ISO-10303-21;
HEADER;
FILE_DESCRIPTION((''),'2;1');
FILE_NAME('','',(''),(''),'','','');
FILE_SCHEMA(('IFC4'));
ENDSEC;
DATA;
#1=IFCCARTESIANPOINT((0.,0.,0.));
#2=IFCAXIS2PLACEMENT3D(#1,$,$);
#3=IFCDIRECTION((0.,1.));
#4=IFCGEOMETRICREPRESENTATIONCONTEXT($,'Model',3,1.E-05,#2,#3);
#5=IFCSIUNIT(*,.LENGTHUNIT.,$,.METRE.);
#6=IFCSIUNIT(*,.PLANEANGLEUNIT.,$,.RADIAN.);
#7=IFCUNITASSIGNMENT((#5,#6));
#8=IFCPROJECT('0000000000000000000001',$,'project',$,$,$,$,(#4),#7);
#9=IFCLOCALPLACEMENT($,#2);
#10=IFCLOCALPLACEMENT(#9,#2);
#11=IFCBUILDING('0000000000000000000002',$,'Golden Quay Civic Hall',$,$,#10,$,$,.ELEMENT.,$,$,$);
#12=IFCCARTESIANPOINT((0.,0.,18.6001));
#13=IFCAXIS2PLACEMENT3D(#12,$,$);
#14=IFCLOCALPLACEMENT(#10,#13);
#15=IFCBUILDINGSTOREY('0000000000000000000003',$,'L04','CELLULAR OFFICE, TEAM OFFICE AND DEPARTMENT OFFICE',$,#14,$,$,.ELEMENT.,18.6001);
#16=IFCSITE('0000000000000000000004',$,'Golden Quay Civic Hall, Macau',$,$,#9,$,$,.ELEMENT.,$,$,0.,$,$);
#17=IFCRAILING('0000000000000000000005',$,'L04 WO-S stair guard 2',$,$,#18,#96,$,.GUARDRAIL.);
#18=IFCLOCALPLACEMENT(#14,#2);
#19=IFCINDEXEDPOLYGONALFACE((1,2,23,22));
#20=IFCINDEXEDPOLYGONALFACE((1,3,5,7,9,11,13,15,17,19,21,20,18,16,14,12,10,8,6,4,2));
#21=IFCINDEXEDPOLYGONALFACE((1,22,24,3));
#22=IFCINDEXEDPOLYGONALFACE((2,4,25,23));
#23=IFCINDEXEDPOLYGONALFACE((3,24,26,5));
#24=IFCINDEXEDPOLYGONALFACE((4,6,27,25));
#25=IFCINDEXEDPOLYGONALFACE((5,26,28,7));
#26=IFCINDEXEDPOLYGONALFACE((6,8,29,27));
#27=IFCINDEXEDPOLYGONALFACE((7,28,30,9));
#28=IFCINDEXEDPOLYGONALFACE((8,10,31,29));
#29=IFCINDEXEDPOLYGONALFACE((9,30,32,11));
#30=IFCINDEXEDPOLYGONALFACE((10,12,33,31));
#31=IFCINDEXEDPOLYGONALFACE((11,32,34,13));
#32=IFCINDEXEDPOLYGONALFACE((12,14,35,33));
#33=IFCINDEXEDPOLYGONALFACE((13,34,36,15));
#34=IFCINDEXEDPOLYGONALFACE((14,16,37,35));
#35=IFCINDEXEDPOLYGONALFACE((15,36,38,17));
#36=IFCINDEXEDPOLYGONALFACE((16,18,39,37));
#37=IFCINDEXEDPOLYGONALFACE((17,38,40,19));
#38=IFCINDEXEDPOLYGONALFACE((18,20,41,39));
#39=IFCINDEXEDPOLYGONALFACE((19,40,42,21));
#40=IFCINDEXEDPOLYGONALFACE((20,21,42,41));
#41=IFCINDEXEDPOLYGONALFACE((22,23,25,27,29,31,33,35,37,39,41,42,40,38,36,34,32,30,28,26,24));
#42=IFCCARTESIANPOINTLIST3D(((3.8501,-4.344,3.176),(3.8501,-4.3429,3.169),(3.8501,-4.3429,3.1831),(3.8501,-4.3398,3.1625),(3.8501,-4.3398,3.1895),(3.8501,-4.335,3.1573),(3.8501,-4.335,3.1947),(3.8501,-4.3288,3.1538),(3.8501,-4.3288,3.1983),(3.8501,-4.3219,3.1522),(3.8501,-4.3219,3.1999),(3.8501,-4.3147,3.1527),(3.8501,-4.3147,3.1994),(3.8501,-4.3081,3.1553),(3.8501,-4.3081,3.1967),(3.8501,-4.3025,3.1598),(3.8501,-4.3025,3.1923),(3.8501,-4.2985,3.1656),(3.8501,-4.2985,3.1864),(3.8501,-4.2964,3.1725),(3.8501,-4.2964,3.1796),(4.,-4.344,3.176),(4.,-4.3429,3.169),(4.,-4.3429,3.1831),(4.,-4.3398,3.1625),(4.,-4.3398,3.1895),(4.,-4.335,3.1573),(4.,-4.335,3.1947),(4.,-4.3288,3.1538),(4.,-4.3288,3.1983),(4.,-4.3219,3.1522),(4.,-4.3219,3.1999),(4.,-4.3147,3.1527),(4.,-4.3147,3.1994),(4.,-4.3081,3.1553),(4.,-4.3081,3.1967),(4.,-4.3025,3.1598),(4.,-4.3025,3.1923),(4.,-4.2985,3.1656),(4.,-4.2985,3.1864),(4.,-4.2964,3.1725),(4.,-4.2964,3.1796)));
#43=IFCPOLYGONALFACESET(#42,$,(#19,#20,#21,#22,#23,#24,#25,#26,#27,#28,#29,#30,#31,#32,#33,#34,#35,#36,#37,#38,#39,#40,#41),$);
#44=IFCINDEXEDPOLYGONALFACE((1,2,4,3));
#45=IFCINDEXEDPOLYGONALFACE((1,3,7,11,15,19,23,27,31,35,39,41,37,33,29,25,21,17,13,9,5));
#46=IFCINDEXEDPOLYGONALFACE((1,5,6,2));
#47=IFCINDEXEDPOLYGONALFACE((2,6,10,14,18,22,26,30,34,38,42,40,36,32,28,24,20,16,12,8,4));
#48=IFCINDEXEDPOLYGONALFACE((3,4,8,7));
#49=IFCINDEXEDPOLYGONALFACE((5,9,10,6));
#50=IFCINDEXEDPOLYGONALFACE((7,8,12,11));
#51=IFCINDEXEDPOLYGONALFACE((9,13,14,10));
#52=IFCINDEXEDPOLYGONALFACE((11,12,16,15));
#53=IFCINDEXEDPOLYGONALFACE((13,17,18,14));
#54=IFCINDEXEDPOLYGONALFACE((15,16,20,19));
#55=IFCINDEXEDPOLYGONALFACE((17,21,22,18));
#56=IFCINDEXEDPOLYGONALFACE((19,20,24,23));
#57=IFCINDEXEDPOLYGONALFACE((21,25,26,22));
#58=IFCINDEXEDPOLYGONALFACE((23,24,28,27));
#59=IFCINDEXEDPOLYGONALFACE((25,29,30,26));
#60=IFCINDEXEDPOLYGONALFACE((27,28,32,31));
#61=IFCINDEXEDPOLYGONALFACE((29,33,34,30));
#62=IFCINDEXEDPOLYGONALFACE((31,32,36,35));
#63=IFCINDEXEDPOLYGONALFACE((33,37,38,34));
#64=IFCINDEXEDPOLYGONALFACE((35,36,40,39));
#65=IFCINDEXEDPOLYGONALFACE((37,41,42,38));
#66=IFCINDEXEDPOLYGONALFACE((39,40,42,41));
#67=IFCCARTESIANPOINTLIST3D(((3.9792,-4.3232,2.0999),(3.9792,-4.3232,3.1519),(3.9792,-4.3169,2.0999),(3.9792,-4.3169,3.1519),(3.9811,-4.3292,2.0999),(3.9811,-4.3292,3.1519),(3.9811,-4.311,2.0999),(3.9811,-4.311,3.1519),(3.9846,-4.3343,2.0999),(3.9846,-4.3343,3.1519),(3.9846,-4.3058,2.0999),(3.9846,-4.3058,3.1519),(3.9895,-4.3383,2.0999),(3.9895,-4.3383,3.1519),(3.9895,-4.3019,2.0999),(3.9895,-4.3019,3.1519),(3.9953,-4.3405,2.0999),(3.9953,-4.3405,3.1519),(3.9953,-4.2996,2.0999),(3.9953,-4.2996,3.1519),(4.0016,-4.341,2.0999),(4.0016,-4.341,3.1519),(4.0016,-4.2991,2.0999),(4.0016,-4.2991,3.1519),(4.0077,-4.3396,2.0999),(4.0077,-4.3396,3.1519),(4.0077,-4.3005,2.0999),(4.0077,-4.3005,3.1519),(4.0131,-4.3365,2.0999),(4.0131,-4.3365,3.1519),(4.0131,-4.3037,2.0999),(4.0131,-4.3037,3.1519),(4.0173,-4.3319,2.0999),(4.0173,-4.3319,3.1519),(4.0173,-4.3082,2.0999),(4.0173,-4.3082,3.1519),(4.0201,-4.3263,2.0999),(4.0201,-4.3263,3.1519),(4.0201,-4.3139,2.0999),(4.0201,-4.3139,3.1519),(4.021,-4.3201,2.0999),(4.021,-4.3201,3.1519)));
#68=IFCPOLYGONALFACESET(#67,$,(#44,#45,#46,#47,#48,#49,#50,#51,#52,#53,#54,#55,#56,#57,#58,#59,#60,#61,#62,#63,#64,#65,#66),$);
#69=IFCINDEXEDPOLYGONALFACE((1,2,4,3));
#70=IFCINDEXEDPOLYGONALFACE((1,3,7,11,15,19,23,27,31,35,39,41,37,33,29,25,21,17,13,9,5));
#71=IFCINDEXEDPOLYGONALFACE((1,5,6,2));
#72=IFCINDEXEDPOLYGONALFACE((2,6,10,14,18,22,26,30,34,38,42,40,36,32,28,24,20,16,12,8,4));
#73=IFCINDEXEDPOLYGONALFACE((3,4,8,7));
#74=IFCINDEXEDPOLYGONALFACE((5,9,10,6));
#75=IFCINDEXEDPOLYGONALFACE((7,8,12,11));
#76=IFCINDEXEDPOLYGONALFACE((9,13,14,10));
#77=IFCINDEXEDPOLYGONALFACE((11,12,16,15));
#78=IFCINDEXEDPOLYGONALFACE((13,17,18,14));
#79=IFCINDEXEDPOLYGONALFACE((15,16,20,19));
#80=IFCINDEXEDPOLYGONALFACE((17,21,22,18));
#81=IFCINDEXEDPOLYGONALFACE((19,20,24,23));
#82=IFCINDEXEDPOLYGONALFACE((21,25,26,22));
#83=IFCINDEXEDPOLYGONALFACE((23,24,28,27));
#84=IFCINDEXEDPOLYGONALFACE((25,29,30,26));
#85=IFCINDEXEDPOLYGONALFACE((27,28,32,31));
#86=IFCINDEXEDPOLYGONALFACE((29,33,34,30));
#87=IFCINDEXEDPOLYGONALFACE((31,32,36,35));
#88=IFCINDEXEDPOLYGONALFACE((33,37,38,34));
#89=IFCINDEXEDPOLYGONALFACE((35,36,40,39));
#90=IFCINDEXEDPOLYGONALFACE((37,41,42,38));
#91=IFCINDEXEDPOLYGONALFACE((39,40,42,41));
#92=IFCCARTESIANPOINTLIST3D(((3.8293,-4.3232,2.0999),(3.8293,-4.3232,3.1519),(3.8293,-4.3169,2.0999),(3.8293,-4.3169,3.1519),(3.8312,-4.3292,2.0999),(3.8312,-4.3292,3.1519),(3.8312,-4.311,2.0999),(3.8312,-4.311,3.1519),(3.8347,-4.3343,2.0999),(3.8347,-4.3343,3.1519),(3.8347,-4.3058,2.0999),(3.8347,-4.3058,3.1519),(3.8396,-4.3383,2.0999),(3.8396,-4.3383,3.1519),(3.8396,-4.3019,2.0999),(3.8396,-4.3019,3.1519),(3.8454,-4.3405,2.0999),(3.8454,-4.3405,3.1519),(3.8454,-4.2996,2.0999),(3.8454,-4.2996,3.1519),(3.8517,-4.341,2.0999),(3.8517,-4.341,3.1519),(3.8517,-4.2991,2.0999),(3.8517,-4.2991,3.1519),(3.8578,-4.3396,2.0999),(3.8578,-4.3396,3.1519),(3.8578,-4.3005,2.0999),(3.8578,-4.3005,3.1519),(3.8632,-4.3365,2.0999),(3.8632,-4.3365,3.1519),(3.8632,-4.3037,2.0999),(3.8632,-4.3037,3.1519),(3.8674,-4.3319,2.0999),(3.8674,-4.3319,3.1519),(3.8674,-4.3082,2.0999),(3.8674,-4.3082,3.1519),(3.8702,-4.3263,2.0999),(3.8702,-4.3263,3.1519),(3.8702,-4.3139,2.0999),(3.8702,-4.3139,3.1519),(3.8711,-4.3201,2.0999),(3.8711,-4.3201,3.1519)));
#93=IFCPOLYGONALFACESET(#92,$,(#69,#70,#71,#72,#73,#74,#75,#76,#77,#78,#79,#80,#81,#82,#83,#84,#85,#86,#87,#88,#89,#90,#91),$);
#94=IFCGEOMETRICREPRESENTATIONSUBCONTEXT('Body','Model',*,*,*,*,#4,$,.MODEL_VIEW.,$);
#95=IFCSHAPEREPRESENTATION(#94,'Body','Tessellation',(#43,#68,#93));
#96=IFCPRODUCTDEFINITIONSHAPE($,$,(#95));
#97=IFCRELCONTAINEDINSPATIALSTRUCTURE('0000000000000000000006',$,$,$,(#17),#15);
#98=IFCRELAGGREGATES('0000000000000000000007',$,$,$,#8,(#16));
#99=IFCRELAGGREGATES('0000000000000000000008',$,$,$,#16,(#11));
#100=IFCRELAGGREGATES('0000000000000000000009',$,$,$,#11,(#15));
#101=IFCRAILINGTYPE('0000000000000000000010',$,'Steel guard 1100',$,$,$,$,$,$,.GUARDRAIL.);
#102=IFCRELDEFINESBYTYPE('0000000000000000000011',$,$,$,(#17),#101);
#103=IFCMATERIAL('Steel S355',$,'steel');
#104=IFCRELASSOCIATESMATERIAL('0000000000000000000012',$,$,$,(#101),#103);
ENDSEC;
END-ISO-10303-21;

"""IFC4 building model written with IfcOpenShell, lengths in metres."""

from ifc_helpers import new_model, si_unit, direction, frame, origin, origin_2d, place, context, subcontext, project, spatial, circle, extrude, material, type_object, element, save


model = new_model("IFC4")

# Units and contexts
model_context = context("Model", 3, precision=1e-05, world=origin(), true_north=direction((0.0, 1.0)))
body_context = subcontext(model_context, "Body", "Model", "MODEL_VIEW")
ifc_project = project(units=[si_unit("LENGTHUNIT", "METRE"), si_unit("PLANEANGLEUNIT", "RADIAN")], contexts=[model_context])

# Site, building, storey
site_placement = place(None, origin())
site = spatial("IfcSite", under=ifc_project, at=site_placement, Name="Golden Quay Civic Hall, Macau", CompositionType="ELEMENT", RefElevation=0.0)
building_placement = place(site_placement, origin())
building = spatial("IfcBuilding", under=site, at=building_placement, Name="Golden Quay Civic Hall", CompositionType="ELEMENT")
storey_placement = place(building_placement, frame((0.0, 0.0, 18.6001)))
storey = spatial("IfcBuildingStorey", under=building, at=storey_placement, Name="L04", Description="CELLULAR OFFICE, TEAM OFFICE AND DEPARTMENT OFFICE", CompositionType="ELEMENT", Elevation=18.6001)

# Railing
ifc_material_1 = material(Name="Steel S355", Category="steel")
railing_type_1 = type_object("IfcRailingType", Name="Steel guard 1100", PredefinedType="GUARDRAIL", material=ifc_material_1)
railing_1_placement = place(storey_placement, frame((4.0, -4.3201, 2.0999)))
element("IfcRailing", 1, at=railing_1_placement, inside=storey, type_object=railing_type_1, Name="L04 WO-S stair guard 2", PredefinedType="GUARDRAIL", context=body_context, shape_type="SweptSolid", body=[
    extrude(circle(Radius=0.0239, at=origin_2d()), frame((0.0, 0.0, 1.0762), z_axis=(-1.0, 0.0, 0.0), x_axis=(0.0, -1.0, 0.0)), (0.0, 0.0, 1.0), 0.1499),
    extrude(circle(Radius=0.021, at=origin_2d()), origin(), (0.0, 0.0, 1.0), 1.052),
    extrude(circle(Radius=0.021, at=origin_2d()), frame((-0.1499, 0.0, 0.0)), (0.0, 0.0, 1.0), 1.052),
])

save(model, "model.ifc")
